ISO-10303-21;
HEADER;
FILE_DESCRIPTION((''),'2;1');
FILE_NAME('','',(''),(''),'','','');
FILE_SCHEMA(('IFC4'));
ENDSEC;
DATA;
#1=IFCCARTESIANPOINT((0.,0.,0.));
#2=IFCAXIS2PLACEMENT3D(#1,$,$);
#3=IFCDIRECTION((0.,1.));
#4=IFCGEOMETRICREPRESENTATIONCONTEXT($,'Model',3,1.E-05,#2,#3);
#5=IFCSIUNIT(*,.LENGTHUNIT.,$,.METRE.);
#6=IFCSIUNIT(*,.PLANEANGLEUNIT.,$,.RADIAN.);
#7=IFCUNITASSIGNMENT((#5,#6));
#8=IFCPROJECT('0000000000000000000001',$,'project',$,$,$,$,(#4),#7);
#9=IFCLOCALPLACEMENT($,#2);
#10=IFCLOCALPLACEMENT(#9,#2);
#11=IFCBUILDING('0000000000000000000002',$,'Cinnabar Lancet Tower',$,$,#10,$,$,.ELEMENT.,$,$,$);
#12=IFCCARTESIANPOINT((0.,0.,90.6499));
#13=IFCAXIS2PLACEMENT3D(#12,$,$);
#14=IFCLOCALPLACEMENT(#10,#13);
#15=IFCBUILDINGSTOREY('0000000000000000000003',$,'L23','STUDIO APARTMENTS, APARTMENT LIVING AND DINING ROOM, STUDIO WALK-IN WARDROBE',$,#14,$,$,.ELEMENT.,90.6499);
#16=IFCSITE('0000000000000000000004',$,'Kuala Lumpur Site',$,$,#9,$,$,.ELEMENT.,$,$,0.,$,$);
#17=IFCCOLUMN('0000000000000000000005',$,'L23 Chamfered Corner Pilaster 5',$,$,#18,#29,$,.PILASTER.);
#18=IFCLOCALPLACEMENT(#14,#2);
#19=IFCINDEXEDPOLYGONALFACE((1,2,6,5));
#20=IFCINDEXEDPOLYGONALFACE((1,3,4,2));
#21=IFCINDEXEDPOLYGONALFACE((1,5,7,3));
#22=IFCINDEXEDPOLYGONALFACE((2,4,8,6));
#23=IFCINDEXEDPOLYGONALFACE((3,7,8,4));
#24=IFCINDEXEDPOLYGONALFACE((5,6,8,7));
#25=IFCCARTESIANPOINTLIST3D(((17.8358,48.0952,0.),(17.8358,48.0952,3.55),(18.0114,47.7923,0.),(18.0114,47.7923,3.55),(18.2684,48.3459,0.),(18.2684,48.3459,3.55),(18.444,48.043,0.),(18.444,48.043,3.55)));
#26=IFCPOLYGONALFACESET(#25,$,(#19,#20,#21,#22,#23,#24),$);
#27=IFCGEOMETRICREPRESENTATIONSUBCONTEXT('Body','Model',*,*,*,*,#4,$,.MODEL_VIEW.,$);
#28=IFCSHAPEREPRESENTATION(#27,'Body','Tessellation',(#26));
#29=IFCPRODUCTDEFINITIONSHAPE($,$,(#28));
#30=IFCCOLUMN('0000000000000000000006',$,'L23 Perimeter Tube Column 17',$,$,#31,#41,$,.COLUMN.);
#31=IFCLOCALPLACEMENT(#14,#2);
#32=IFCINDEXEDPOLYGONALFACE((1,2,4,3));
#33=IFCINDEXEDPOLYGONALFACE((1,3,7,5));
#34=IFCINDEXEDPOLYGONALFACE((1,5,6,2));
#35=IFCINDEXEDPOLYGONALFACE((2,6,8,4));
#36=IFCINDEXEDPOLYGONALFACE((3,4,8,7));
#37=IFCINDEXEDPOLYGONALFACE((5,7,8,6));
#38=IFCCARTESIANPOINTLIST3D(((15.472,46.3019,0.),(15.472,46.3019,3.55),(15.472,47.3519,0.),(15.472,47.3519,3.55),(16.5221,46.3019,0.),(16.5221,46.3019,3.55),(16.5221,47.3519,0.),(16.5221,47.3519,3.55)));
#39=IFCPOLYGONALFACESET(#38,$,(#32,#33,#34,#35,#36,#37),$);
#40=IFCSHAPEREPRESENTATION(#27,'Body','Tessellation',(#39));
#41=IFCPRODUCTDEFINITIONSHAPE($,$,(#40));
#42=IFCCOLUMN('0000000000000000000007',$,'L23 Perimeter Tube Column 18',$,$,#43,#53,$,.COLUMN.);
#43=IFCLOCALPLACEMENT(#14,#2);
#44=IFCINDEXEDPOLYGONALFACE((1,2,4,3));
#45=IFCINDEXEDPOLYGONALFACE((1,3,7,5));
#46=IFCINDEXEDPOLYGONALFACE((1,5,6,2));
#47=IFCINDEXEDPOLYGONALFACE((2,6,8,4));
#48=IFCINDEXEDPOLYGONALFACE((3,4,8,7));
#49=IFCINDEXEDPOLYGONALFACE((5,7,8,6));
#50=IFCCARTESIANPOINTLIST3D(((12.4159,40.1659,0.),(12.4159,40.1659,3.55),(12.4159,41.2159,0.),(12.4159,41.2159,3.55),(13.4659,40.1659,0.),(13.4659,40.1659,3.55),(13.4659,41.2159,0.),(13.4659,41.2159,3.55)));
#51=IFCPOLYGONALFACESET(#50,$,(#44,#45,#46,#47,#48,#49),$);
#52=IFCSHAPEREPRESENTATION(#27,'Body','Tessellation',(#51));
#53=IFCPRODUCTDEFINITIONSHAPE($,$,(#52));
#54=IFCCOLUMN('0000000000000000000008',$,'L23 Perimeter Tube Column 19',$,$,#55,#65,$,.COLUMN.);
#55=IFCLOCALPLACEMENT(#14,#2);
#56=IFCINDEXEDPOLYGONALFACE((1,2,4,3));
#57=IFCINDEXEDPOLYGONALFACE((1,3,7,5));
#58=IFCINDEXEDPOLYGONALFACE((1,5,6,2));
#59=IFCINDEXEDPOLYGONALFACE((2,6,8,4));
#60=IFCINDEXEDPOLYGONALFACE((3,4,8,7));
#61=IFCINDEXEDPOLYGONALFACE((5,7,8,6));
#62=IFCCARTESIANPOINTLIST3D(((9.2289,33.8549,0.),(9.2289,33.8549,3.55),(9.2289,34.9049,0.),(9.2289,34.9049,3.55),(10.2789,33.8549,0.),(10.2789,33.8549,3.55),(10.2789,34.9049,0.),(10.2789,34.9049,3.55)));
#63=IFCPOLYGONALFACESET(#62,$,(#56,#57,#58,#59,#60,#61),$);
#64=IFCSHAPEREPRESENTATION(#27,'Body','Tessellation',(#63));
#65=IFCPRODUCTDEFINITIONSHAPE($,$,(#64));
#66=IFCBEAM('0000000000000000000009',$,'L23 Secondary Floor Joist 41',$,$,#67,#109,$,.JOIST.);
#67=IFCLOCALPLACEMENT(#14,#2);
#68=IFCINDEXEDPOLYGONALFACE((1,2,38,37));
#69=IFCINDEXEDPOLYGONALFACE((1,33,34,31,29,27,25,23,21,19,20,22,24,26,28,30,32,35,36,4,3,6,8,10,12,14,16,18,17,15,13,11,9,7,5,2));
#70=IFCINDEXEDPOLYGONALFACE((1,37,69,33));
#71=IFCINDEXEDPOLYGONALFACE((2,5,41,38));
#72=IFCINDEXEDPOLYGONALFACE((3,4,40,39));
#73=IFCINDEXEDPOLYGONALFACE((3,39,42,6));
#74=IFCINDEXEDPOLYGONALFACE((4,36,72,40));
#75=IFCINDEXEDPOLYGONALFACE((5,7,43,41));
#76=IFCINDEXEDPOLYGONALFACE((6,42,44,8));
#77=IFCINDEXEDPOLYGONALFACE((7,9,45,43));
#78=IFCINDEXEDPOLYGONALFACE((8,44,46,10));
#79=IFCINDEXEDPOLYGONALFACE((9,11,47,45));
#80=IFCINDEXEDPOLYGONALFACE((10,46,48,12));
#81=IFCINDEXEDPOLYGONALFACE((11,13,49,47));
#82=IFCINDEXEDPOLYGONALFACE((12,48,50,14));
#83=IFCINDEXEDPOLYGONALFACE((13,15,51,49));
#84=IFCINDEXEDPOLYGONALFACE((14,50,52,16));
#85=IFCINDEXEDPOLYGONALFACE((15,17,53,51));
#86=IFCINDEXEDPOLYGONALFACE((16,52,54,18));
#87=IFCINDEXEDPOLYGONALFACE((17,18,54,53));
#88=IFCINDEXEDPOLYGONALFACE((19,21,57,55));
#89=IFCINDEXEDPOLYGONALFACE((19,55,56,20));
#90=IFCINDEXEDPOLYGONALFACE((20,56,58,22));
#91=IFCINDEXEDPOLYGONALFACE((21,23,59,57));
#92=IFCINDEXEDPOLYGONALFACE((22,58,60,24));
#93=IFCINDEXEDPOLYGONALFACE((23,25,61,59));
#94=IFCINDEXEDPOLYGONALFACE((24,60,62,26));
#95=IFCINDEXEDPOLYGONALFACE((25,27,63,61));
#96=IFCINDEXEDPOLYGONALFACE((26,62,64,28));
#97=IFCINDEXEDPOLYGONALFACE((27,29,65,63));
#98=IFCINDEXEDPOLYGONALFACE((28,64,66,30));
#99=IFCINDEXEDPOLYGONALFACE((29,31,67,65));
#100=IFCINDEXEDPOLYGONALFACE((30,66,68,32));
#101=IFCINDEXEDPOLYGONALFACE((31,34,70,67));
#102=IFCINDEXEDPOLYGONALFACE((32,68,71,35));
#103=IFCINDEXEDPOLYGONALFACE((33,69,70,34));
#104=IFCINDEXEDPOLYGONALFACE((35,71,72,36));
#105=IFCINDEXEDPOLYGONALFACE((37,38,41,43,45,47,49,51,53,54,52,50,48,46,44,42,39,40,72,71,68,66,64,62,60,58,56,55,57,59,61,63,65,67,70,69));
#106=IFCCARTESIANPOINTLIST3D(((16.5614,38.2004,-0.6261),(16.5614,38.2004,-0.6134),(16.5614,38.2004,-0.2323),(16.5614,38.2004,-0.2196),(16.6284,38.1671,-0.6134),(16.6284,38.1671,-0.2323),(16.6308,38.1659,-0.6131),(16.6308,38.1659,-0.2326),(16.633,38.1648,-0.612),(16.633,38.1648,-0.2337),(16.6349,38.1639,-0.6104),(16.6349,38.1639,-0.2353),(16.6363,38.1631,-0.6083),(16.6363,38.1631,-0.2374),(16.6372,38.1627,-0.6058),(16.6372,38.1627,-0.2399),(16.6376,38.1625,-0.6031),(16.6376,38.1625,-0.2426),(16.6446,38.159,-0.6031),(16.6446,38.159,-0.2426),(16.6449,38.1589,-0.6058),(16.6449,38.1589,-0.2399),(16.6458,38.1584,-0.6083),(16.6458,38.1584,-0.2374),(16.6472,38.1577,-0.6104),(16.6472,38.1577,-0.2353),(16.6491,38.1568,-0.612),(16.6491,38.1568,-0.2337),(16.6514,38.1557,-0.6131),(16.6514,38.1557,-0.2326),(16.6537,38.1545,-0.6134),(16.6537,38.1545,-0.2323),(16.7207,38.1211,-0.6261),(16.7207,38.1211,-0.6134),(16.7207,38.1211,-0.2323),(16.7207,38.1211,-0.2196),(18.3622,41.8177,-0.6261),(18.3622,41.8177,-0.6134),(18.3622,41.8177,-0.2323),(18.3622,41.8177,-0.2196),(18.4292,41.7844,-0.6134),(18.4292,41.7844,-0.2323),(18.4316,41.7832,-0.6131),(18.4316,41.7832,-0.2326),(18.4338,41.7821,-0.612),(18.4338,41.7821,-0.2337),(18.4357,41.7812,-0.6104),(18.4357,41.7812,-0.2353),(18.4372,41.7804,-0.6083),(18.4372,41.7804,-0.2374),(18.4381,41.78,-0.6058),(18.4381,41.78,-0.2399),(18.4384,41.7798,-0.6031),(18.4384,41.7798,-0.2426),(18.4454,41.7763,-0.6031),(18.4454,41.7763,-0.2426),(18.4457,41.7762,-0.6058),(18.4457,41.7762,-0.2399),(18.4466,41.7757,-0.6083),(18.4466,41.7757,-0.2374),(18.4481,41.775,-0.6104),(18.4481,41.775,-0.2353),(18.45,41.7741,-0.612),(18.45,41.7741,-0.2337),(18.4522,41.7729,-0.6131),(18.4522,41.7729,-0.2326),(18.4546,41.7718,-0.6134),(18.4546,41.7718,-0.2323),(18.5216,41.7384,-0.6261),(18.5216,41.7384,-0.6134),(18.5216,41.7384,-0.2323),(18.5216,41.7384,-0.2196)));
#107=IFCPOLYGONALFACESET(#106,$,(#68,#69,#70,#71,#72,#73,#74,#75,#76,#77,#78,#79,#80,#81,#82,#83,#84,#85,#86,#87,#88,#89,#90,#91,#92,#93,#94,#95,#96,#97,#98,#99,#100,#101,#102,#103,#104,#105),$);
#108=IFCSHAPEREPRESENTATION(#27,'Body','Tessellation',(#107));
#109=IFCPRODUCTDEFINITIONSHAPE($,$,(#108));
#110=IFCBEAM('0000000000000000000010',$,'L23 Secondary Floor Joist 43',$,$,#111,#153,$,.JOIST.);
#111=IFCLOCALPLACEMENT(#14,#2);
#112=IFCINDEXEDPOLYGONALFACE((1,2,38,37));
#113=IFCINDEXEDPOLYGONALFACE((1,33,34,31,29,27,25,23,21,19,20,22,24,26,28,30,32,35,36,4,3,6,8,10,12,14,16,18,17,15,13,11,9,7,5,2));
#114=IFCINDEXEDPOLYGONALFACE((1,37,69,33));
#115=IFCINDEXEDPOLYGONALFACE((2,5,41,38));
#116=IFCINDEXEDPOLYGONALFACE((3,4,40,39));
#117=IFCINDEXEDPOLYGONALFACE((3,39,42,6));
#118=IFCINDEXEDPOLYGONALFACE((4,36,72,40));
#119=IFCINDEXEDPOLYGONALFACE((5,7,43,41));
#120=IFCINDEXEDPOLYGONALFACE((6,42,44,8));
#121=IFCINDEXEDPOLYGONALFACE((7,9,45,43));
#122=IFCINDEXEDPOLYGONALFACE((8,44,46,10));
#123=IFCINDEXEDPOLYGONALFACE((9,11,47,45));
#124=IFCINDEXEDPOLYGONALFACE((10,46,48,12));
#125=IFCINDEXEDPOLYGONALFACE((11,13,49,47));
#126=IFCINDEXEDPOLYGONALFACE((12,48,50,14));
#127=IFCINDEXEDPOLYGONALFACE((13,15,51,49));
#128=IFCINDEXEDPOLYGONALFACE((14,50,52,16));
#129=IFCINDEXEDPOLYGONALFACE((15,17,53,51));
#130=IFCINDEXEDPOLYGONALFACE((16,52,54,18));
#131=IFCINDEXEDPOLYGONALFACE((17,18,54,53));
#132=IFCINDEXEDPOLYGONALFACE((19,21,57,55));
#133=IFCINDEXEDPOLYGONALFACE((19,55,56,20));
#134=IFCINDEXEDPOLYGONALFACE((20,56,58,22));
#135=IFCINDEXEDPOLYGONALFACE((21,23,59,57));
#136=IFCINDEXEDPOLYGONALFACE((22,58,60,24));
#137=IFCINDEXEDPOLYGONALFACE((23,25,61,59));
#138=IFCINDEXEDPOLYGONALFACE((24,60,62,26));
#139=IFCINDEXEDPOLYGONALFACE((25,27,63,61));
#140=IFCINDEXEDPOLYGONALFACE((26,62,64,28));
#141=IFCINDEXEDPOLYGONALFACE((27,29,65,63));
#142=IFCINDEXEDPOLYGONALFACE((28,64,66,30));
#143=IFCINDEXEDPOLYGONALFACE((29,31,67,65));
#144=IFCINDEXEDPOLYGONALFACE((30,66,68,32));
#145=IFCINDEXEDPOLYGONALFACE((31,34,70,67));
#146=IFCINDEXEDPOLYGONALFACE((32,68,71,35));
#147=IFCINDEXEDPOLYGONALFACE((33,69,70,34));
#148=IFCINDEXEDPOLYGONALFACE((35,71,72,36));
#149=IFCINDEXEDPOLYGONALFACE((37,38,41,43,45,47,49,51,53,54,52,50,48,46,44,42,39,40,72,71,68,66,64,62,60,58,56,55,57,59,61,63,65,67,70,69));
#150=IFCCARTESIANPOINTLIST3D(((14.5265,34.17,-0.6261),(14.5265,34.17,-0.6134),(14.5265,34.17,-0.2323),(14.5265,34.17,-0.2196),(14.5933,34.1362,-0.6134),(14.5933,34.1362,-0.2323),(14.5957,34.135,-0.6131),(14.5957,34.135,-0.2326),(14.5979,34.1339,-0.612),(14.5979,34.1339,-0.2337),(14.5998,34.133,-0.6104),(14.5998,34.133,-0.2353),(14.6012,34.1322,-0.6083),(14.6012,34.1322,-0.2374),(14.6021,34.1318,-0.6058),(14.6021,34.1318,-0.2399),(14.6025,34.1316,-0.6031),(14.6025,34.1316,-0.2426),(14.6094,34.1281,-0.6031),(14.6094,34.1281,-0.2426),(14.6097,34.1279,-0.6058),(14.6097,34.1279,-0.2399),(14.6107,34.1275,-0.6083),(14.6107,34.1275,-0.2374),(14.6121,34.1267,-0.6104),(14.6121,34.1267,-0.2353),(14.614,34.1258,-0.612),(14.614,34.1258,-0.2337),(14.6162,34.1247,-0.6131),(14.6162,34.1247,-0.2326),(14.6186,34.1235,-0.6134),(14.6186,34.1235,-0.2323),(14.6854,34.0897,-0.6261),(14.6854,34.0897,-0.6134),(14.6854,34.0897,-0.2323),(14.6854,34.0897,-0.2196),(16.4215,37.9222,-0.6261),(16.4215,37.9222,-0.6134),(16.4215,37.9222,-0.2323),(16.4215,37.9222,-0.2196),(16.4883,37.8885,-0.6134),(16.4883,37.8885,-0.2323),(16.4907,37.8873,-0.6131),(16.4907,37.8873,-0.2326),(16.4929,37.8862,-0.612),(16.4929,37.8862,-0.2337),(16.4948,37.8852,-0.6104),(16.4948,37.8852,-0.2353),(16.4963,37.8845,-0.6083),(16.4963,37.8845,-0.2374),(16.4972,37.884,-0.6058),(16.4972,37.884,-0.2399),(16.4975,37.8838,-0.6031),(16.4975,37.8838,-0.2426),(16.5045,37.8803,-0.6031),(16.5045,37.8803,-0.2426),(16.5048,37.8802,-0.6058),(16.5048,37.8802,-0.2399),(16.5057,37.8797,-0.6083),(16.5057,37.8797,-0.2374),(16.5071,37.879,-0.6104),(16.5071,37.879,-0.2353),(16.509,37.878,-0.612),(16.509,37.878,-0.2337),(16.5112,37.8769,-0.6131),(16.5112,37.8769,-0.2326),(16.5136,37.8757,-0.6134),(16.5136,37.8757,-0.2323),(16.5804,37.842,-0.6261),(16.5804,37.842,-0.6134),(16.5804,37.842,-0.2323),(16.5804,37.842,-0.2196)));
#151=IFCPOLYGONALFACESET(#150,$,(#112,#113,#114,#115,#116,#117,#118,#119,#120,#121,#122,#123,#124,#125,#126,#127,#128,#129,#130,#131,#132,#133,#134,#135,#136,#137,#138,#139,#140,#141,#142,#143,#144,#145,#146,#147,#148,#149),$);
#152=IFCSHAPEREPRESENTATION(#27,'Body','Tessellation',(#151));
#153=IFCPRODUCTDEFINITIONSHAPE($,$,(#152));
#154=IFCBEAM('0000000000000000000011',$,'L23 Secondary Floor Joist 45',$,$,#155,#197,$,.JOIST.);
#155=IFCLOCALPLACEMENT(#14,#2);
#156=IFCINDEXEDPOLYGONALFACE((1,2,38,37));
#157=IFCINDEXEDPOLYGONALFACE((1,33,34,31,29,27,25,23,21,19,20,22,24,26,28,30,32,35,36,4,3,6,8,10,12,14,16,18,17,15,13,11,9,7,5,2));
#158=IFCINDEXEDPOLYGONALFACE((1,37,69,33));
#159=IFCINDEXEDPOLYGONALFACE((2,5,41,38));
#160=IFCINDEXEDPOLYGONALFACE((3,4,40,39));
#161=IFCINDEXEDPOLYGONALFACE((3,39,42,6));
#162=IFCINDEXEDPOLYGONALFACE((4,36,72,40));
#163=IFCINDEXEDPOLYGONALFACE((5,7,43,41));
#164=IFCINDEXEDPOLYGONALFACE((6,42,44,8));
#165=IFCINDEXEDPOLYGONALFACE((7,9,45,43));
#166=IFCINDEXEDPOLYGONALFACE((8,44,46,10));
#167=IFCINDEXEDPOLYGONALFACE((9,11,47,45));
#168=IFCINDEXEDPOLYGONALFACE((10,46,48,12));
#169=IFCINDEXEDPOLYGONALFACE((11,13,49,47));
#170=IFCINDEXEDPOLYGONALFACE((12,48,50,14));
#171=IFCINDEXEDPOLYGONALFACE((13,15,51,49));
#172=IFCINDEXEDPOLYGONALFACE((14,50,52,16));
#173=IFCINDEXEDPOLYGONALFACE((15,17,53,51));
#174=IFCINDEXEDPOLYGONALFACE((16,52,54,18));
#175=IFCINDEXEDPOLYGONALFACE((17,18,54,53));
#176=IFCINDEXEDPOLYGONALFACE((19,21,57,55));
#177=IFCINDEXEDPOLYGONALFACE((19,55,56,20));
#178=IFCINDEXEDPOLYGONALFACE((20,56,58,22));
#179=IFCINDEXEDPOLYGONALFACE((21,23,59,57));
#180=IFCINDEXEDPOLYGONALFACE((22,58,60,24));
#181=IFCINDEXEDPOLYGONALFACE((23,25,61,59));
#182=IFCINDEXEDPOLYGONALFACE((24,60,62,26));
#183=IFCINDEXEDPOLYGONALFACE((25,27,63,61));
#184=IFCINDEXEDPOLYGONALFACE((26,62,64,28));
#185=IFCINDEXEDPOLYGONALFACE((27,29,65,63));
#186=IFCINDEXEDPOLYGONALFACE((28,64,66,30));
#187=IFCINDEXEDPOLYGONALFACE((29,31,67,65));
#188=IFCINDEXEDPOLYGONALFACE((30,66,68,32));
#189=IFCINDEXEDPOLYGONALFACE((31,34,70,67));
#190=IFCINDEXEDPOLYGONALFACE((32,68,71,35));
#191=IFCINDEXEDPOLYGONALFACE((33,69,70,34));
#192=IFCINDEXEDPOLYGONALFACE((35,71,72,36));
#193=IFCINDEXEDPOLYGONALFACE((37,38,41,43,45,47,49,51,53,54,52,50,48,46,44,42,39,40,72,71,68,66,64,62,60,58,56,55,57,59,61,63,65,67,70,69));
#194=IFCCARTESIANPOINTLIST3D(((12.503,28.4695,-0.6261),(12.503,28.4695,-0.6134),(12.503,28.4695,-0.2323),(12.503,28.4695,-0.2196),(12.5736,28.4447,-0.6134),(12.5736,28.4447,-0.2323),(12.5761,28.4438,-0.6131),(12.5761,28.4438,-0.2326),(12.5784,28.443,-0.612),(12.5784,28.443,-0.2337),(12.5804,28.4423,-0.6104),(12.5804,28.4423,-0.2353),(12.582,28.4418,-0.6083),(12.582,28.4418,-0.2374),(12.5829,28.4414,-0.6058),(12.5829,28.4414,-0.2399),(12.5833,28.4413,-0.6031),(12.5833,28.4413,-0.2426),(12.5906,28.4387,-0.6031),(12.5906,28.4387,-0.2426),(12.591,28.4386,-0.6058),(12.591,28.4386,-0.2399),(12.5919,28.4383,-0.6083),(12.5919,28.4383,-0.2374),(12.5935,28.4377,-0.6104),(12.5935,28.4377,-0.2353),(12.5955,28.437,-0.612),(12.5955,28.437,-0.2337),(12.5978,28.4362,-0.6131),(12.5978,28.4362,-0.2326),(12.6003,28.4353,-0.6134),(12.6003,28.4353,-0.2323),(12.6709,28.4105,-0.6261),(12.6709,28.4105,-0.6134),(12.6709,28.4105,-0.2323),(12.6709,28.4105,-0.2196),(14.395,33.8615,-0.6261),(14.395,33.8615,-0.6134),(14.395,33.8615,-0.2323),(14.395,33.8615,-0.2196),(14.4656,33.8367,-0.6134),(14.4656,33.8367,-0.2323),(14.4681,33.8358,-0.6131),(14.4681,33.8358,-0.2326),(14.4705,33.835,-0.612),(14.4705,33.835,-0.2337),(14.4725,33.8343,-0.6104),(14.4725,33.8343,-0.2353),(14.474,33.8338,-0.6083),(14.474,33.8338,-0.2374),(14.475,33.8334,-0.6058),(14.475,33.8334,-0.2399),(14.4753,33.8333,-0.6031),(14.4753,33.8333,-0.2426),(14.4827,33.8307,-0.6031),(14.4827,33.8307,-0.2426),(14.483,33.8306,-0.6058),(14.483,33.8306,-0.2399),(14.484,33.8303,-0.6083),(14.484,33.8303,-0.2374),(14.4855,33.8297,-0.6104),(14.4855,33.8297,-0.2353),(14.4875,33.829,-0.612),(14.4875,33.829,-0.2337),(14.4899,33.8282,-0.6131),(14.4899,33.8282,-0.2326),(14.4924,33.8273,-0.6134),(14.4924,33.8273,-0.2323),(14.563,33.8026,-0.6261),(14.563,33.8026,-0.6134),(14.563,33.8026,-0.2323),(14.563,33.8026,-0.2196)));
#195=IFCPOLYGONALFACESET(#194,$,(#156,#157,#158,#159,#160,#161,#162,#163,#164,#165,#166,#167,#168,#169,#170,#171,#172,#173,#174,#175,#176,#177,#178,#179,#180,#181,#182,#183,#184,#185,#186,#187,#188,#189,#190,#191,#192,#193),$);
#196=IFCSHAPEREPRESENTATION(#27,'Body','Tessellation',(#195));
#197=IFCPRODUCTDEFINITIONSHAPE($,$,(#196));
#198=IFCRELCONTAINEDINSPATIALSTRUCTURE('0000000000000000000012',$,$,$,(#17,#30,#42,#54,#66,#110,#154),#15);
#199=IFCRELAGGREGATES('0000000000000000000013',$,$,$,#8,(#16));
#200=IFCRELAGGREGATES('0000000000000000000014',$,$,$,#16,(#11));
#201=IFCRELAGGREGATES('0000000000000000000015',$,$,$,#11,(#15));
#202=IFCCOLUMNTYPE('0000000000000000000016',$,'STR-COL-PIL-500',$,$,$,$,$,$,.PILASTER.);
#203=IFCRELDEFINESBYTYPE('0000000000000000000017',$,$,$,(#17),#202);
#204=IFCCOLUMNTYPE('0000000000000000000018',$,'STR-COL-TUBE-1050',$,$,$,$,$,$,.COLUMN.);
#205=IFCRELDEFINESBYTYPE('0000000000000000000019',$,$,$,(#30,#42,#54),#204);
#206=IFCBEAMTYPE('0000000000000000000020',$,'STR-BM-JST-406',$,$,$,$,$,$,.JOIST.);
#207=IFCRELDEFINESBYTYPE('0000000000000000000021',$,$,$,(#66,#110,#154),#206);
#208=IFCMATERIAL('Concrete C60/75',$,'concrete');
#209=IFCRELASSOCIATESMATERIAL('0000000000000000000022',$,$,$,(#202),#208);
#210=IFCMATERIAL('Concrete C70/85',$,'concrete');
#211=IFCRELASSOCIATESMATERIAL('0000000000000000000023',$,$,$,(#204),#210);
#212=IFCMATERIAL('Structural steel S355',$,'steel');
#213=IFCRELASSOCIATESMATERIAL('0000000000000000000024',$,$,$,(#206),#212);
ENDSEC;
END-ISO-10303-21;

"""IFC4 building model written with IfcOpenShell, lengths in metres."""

from ifc_helpers import new_model, si_unit, direction, frame, origin, origin_2d, place, context, subcontext, project, spatial, rectangle, i_section, extrude, material, material_profile, profile_set, type_object, element, save


model = new_model("IFC4")

# Units and contexts
model_context = context("Model", 3, precision=1e-05, world=origin(), true_north=direction((0.0, 1.0)))
body_context = subcontext(model_context, "Body", "Model", "MODEL_VIEW")
ifc_project = project(units=[si_unit("LENGTHUNIT", "METRE"), si_unit("PLANEANGLEUNIT", "RADIAN")], contexts=[model_context])

# Site, building, storey
site_placement = place(None, origin())
site = spatial("IfcSite", under=ifc_project, at=site_placement, Name="Kuala Lumpur Site", CompositionType="ELEMENT", RefElevation=0.0)
building_placement = place(site_placement, origin())
building = spatial("IfcBuilding", under=site, at=building_placement, Name="Cinnabar Lancet Tower", CompositionType="ELEMENT")
storey_placement = place(building_placement, frame((0.0, 0.0, 90.6499)))
storey = spatial("IfcBuildingStorey", under=building, at=storey_placement, Name="L23", Description="STUDIO APARTMENTS, APARTMENT LIVING AND DINING ROOM, STUDIO WALK-IN WARDROBE", CompositionType="ELEMENT", Elevation=90.6499)

# Columns
ifc_material_1 = material(Name="Concrete C60/75", Category="concrete")
ifc_material_profile_1 = material_profile(ifc_material_1, rectangle(XDim=0.5, YDim=0.3501, at=origin_2d()), Name="RC-PIL 500x350")
ifc_profile_set_1 = profile_set([ifc_material_profile_1], Name="Concrete C60/75")
column_type_1 = type_object("IfcColumnType", Name="STR-COL-PIL-500", PredefinedType="PILASTER", material=ifc_profile_set_1)
column_placement = place(storey_placement, frame((18.1399, 48.0691, 0.0), z_axis=(0.0, 0.0, 1.0), x_axis=(-0.865195, -0.501435, 0.0)))
element("IfcColumn", 1, at=column_placement, inside=storey, type_object=column_type_1, Name="L23 Chamfered Corner Pilaster 5", PredefinedType="PILASTER", context=body_context, shape_type="SweptSolid", body=[
    extrude(rectangle(XDim=0.5, YDim=0.3501, at=origin_2d()), origin(), (0.0, 0.0, 1.0), 3.55),
])
ifc_material_2 = material(Name="Concrete C70/85", Category="concrete")
ifc_material_profile_2 = material_profile(ifc_material_2, rectangle(XDim=1.05, YDim=1.05, at=origin_2d()), Name="RC-COL 1050x1050")
ifc_profile_set_2 = profile_set([ifc_material_profile_2], Name="Concrete C70/85")
column_type_2 = type_object("IfcColumnType", Name="STR-COL-TUBE-1050", PredefinedType="COLUMN", material=ifc_profile_set_2)
for number, where, z_axis, x_axis, name in (
    (2, (15.9971, 46.8269, 0.0), (0.0, 0.0, 1.0), (1.0, 0.0, 0.0), "L23 Perimeter Tube Column 17"),
    (3, (12.9409, 40.6909, 0.0), (0.0, 0.0, 1.0), (1.0, 0.0, 0.0), "L23 Perimeter Tube Column 18"),
    (4, (9.7539, 34.3799, 0.0), (0.0, 0.0, 1.0), (1.0, 0.0, 0.0), "L23 Perimeter Tube Column 19"),
):
    element("IfcColumn", number, at=place(storey_placement, frame(where, z_axis=z_axis, x_axis=x_axis)), inside=storey, type_object=column_type_2, Name=name, PredefinedType="COLUMN", context=body_context, shape_type="SweptSolid", body=[
        extrude(rectangle(XDim=1.05, YDim=1.05, at=origin_2d()), origin(), (0.0, 0.0, 1.0), 3.55),
    ])

# Beams
ifc_material_3 = material(Name="Structural steel S355", Category="steel")
ifc_material_profile_3 = material_profile(ifc_material_3, i_section(OverallWidth=0.178, OverallDepth=0.4065, WebThickness=0.0078, FlangeThickness=0.0127, FilletRadius=0.0103, at=origin_2d()), Name="UKB 406x178x60")
ifc_profile_set_3 = profile_set([ifc_material_profile_3], Name="Structural steel S355")
beam_type_1 = type_object("IfcBeamType", Name="STR-BM-JST-406", PredefinedType="JOIST", material=ifc_profile_set_3)
beam_1_placement = place(storey_placement, frame((18.4419, 41.7781, -0.4229), z_axis=(-0.445666, -0.895199, 0.0), x_axis=(0.895199, -0.445666, 0.0)))
element("IfcBeam", 5, at=beam_1_placement, inside=storey, type_object=beam_type_1, Name="L23 Secondary Floor Joist 41", PredefinedType="JOIST", context=body_context, shape_type="SweptSolid", body=[
    extrude(i_section(OverallWidth=0.178, OverallDepth=0.4065, WebThickness=0.0078, FlangeThickness=0.0127, FilletRadius=0.0103, at=origin_2d()), origin(), (0.0, 0.0, 1.0), 4.0408),
])
beam_2_placement = place(storey_placement, frame((16.501, 37.8821, -0.4229), z_axis=(-0.450811, -0.892619, 0.0), x_axis=(0.892619, -0.450811, 0.0)))
element("IfcBeam", 6, at=beam_2_placement, inside=storey, type_object=beam_type_1, Name="L23 Secondary Floor Joist 43", PredefinedType="JOIST", context=body_context, shape_type="SweptSolid", body=[
    extrude(i_section(OverallWidth=0.178, OverallDepth=0.4065, WebThickness=0.0078, FlangeThickness=0.0127, FilletRadius=0.0103, at=origin_2d()), origin(), (0.0, 0.0, 1.0), 4.2036),
])
beam_3_placement = place(storey_placement, frame((14.479, 33.832, -0.4229), z_axis=(-0.331108, -0.943593, 0.0), x_axis=(0.943593, -0.331108, 0.0)))
element("IfcBeam", 7, at=beam_3_placement, inside=storey, type_object=beam_type_1, Name="L23 Secondary Floor Joist 45", PredefinedType="JOIST", context=body_context, shape_type="SweptSolid", body=[
    extrude(i_section(OverallWidth=0.178, OverallDepth=0.4065, WebThickness=0.0078, FlangeThickness=0.0127, FilletRadius=0.0103, at=origin_2d()), origin(), (0.0, 0.0, 1.0), 5.7144),
])

save(model, "model.ifc")
